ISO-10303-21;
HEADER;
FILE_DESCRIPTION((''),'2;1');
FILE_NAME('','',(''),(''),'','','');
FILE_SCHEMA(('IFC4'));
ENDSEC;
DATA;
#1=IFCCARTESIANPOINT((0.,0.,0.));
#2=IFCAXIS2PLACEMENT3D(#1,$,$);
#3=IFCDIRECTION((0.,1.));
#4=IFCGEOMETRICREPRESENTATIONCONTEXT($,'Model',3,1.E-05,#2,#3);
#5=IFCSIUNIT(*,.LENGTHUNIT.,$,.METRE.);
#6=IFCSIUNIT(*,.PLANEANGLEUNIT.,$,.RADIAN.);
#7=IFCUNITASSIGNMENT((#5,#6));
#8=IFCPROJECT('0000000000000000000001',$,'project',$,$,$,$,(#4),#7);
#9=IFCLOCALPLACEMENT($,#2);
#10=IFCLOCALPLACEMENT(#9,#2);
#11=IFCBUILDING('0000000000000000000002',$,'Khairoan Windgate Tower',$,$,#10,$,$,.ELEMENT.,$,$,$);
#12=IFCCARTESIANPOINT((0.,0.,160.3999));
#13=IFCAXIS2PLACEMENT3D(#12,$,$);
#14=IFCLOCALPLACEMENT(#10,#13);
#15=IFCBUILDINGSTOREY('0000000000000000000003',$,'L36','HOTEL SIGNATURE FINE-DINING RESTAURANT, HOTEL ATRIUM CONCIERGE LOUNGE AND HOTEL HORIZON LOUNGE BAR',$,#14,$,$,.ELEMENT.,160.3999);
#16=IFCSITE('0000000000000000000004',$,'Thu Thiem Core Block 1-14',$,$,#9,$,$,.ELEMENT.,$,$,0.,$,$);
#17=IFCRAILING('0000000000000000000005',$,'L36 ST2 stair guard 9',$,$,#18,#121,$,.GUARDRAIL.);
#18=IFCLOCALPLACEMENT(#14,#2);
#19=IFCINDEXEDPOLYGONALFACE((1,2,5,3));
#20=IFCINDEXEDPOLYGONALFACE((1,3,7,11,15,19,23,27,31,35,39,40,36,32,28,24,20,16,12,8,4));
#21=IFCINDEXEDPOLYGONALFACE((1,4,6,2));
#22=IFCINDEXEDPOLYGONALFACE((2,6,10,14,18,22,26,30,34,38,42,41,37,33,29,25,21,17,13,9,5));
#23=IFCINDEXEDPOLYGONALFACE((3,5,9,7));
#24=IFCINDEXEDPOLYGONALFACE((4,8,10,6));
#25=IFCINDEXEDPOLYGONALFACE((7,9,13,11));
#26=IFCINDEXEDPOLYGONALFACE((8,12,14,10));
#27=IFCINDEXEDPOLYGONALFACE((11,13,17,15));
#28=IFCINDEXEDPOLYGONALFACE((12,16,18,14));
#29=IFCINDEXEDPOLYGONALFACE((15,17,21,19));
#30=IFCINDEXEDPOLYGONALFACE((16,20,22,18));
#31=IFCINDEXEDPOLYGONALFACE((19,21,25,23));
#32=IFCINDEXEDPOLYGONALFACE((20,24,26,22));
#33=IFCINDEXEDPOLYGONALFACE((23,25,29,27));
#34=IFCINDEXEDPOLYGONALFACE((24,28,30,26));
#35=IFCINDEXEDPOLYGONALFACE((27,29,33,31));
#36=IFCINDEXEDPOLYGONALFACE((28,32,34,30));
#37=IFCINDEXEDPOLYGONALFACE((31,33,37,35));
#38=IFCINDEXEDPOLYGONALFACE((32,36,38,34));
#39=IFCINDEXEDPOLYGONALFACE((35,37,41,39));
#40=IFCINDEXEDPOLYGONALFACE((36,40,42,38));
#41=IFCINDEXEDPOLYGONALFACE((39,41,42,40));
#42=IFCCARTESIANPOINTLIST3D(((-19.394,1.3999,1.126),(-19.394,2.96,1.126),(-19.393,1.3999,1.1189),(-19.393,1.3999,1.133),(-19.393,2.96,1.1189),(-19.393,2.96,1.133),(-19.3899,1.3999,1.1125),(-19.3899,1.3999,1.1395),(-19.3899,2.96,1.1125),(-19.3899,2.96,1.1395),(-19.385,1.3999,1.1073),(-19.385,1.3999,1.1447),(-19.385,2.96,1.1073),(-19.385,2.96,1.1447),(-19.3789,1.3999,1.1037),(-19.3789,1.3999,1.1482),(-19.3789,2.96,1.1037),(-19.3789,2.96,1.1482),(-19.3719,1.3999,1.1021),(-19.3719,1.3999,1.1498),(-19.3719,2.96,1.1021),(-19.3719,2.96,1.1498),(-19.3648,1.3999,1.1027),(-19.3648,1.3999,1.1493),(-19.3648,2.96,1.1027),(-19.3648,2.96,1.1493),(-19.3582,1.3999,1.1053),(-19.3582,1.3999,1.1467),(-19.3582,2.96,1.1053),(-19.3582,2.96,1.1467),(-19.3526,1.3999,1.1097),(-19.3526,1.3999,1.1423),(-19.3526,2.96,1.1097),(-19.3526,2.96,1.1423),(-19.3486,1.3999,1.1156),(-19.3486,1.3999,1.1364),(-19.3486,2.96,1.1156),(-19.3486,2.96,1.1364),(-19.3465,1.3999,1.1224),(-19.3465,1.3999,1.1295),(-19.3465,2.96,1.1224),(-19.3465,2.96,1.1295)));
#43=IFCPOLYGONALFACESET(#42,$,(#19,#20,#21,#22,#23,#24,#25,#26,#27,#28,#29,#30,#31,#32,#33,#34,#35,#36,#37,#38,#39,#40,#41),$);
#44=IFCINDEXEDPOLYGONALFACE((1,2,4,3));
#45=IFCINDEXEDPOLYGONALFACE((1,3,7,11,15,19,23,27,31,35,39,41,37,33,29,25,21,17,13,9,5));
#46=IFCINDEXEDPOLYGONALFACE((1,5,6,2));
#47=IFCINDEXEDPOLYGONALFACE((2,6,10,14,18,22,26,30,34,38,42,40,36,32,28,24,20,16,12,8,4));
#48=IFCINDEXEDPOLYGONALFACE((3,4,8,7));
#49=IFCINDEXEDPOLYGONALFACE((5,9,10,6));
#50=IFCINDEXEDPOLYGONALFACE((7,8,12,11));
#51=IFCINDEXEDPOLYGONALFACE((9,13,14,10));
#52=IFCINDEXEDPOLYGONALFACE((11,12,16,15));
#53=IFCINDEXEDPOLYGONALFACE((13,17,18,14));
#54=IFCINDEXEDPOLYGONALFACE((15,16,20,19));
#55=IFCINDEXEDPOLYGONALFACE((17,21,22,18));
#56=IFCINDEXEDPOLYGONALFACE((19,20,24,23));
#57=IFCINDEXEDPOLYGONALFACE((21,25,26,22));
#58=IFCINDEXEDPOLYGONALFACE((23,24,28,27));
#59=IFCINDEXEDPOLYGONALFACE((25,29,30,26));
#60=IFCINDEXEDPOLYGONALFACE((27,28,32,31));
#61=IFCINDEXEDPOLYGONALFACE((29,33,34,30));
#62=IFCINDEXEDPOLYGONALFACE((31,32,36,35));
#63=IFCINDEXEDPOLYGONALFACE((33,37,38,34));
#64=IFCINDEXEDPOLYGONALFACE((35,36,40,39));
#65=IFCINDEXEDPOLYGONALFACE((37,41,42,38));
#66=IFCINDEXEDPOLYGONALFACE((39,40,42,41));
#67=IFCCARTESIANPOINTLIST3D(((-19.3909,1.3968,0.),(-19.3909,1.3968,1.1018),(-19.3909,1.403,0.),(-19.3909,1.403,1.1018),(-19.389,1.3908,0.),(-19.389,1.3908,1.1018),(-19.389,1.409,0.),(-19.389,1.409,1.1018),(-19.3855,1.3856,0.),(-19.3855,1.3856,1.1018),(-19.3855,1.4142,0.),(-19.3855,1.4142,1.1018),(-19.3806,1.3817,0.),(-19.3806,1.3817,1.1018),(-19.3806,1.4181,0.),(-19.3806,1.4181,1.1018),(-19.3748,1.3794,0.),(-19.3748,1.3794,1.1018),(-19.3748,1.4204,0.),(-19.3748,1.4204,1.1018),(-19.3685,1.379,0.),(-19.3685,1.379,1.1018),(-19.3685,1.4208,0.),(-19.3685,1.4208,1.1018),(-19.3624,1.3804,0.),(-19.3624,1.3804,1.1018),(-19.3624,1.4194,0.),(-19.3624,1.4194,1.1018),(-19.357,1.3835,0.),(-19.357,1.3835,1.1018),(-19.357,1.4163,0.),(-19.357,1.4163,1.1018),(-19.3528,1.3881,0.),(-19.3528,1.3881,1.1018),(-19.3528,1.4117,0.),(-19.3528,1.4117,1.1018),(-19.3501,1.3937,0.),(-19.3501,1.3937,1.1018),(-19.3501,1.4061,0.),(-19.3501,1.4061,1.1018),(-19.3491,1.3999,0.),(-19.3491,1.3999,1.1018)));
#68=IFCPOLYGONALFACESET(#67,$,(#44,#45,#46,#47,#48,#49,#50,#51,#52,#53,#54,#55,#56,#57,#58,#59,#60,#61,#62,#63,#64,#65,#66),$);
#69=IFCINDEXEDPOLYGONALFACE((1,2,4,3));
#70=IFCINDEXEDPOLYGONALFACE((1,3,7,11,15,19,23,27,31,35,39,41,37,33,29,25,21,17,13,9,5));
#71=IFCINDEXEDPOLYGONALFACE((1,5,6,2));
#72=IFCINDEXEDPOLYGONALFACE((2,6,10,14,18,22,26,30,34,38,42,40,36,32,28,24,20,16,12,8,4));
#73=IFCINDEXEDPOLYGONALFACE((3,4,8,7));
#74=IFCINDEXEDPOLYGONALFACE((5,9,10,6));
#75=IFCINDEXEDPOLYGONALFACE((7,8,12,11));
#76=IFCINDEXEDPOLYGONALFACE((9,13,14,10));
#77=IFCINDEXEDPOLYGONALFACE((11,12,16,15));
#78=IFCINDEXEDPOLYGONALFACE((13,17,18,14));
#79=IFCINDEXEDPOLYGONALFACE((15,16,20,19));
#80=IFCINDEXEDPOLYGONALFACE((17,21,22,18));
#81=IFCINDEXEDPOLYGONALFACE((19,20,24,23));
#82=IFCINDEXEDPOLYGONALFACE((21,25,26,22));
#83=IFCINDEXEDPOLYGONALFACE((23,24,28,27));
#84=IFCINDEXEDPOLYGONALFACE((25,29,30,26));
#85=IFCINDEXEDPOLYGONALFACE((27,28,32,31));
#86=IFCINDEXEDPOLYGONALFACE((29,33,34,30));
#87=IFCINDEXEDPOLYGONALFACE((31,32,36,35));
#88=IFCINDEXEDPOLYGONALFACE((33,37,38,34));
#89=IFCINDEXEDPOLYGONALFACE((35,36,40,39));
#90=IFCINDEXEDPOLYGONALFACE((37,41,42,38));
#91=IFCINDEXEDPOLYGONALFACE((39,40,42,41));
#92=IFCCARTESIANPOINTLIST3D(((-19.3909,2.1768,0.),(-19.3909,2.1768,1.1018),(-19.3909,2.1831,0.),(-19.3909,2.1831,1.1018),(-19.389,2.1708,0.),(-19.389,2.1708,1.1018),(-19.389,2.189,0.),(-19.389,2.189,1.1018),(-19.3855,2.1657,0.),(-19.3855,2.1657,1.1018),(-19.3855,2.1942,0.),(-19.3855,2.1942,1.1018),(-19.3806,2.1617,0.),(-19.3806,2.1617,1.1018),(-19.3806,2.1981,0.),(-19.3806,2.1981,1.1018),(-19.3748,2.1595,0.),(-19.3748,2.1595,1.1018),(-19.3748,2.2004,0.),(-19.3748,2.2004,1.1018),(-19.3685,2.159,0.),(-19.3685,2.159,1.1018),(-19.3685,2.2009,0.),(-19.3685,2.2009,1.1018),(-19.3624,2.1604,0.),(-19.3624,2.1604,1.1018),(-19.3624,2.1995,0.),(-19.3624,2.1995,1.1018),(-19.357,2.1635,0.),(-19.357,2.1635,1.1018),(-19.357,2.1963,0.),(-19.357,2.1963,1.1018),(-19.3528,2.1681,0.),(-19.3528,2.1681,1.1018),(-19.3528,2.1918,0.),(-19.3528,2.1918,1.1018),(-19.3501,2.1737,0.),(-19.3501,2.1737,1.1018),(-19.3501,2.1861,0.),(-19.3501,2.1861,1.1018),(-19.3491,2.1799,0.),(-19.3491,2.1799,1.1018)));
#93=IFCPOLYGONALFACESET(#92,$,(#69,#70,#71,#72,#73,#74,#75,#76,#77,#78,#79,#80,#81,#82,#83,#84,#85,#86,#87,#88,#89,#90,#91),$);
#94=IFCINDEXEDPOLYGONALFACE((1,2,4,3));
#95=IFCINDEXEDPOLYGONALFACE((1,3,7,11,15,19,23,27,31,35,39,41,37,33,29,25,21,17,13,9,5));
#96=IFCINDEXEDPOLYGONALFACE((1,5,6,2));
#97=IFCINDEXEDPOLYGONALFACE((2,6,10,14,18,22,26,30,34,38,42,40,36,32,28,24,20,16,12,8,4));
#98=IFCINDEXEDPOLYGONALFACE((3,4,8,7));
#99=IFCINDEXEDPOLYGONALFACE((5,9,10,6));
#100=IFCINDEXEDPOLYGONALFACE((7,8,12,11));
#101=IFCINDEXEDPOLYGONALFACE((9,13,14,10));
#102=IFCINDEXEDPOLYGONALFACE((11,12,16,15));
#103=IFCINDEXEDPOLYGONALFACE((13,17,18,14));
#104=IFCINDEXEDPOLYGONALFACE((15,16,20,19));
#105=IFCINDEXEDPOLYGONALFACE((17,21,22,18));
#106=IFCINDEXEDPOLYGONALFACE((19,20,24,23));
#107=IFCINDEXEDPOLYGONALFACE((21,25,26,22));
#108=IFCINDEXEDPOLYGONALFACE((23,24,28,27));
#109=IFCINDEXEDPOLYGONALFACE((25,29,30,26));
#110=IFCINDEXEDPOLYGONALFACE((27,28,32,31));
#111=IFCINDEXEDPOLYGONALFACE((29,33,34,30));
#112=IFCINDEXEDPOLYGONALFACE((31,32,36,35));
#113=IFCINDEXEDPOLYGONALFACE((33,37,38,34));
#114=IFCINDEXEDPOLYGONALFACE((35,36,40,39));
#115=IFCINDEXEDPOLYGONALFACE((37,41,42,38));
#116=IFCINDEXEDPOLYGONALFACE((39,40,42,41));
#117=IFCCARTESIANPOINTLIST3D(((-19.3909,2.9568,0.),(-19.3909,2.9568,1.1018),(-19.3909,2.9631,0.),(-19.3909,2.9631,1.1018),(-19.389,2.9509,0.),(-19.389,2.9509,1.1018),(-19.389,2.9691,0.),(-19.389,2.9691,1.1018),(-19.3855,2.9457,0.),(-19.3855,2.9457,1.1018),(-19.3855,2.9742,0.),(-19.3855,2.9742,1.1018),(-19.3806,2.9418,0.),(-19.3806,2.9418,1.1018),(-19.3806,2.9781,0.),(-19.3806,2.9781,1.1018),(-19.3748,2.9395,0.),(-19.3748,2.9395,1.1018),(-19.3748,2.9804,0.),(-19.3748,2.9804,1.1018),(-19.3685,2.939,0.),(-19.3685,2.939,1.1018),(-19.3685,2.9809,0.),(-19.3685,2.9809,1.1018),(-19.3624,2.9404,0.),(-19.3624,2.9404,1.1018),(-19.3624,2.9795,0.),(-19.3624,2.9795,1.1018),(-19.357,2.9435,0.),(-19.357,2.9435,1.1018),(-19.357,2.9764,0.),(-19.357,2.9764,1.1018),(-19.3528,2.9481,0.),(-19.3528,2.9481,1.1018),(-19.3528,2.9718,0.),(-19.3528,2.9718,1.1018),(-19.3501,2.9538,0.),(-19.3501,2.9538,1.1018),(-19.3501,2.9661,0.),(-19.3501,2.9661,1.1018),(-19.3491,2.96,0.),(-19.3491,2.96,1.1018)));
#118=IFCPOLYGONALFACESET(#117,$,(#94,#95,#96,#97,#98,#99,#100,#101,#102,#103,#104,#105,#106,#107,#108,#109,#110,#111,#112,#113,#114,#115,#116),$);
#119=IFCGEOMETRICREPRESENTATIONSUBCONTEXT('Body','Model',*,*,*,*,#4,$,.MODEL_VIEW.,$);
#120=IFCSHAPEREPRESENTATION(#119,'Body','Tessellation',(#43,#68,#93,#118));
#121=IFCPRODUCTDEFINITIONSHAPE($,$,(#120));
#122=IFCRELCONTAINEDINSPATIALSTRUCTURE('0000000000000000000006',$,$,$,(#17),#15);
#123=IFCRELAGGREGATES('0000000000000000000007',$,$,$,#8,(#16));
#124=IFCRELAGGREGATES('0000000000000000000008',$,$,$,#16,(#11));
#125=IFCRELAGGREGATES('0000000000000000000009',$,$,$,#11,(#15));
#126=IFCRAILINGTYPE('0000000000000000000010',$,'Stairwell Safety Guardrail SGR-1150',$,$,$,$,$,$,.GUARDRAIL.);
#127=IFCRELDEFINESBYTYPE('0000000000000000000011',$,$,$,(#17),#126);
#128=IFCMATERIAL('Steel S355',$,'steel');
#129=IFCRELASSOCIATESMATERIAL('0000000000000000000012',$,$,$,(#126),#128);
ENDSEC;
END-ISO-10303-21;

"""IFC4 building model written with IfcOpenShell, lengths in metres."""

from ifc_helpers import new_model, si_unit, direction, frame, origin, origin_2d, place, context, subcontext, project, spatial, circle, extrude, material, type_object, element, save


model = new_model("IFC4")

# Units and contexts
model_context = context("Model", 3, precision=1e-05, world=origin(), true_north=direction((0.0, 1.0)))
body_context = subcontext(model_context, "Body", "Model", "MODEL_VIEW")
ifc_project = project(units=[si_unit("LENGTHUNIT", "METRE"), si_unit("PLANEANGLEUNIT", "RADIAN")], contexts=[model_context])

# Site, building, storey
site_placement = place(None, origin())
site = spatial("IfcSite", under=ifc_project, at=site_placement, Name="Thu Thiem Core Block 1-14", CompositionType="ELEMENT", RefElevation=0.0)
building_placement = place(site_placement, origin())
building = spatial("IfcBuilding", under=site, at=building_placement, Name="Khairoan Windgate Tower", CompositionType="ELEMENT")
storey_placement = place(building_placement, frame((0.0, 0.0, 160.3999)))
storey = spatial("IfcBuildingStorey", under=building, at=storey_placement, Name="L36", Description="HOTEL SIGNATURE FINE-DINING RESTAURANT, HOTEL ATRIUM CONCIERGE LOUNGE AND HOTEL HORIZON LOUNGE BAR", CompositionType="ELEMENT", Elevation=160.3999)

# Railing
ifc_material_1 = material(Name="Steel S355", Category="steel")
railing_type_1 = type_object("IfcRailingType", Name="Stairwell Safety Guardrail SGR-1150", PredefinedType="GUARDRAIL", material=ifc_material_1)
for number, where, name in (
    (1, (-19.3701, 1.3999, 0.0), "L36 ST2 stair guard 9"),
):
    element("IfcRailing", number, at=place(storey_placement, frame(where)), inside=storey, type_object=railing_type_1, Name=name, PredefinedType="GUARDRAIL", context=body_context, shape_type="SweptSolid", body=[
        extrude(circle(Radius=0.0239, at=origin_2d()), frame((0.0, 0.0, 1.126), z_axis=(0.0, 1.0, 0.0), x_axis=(-1.0, 0.0, 0.0)), (0.0, 0.0, 1.0), 1.5601),
        extrude(circle(Radius=0.021, at=origin_2d()), origin(), (0.0, 0.0, 1.0), 1.1018),
        extrude(circle(Radius=0.021, at=origin_2d()), frame((0.0, 0.78, 0.0)), (0.0, 0.0, 1.0), 1.1018),
        extrude(circle(Radius=0.021, at=origin_2d()), frame((0.0, 1.5601, 0.0)), (0.0, 0.0, 1.0), 1.1018),
    ])

save(model, "model.ifc")
